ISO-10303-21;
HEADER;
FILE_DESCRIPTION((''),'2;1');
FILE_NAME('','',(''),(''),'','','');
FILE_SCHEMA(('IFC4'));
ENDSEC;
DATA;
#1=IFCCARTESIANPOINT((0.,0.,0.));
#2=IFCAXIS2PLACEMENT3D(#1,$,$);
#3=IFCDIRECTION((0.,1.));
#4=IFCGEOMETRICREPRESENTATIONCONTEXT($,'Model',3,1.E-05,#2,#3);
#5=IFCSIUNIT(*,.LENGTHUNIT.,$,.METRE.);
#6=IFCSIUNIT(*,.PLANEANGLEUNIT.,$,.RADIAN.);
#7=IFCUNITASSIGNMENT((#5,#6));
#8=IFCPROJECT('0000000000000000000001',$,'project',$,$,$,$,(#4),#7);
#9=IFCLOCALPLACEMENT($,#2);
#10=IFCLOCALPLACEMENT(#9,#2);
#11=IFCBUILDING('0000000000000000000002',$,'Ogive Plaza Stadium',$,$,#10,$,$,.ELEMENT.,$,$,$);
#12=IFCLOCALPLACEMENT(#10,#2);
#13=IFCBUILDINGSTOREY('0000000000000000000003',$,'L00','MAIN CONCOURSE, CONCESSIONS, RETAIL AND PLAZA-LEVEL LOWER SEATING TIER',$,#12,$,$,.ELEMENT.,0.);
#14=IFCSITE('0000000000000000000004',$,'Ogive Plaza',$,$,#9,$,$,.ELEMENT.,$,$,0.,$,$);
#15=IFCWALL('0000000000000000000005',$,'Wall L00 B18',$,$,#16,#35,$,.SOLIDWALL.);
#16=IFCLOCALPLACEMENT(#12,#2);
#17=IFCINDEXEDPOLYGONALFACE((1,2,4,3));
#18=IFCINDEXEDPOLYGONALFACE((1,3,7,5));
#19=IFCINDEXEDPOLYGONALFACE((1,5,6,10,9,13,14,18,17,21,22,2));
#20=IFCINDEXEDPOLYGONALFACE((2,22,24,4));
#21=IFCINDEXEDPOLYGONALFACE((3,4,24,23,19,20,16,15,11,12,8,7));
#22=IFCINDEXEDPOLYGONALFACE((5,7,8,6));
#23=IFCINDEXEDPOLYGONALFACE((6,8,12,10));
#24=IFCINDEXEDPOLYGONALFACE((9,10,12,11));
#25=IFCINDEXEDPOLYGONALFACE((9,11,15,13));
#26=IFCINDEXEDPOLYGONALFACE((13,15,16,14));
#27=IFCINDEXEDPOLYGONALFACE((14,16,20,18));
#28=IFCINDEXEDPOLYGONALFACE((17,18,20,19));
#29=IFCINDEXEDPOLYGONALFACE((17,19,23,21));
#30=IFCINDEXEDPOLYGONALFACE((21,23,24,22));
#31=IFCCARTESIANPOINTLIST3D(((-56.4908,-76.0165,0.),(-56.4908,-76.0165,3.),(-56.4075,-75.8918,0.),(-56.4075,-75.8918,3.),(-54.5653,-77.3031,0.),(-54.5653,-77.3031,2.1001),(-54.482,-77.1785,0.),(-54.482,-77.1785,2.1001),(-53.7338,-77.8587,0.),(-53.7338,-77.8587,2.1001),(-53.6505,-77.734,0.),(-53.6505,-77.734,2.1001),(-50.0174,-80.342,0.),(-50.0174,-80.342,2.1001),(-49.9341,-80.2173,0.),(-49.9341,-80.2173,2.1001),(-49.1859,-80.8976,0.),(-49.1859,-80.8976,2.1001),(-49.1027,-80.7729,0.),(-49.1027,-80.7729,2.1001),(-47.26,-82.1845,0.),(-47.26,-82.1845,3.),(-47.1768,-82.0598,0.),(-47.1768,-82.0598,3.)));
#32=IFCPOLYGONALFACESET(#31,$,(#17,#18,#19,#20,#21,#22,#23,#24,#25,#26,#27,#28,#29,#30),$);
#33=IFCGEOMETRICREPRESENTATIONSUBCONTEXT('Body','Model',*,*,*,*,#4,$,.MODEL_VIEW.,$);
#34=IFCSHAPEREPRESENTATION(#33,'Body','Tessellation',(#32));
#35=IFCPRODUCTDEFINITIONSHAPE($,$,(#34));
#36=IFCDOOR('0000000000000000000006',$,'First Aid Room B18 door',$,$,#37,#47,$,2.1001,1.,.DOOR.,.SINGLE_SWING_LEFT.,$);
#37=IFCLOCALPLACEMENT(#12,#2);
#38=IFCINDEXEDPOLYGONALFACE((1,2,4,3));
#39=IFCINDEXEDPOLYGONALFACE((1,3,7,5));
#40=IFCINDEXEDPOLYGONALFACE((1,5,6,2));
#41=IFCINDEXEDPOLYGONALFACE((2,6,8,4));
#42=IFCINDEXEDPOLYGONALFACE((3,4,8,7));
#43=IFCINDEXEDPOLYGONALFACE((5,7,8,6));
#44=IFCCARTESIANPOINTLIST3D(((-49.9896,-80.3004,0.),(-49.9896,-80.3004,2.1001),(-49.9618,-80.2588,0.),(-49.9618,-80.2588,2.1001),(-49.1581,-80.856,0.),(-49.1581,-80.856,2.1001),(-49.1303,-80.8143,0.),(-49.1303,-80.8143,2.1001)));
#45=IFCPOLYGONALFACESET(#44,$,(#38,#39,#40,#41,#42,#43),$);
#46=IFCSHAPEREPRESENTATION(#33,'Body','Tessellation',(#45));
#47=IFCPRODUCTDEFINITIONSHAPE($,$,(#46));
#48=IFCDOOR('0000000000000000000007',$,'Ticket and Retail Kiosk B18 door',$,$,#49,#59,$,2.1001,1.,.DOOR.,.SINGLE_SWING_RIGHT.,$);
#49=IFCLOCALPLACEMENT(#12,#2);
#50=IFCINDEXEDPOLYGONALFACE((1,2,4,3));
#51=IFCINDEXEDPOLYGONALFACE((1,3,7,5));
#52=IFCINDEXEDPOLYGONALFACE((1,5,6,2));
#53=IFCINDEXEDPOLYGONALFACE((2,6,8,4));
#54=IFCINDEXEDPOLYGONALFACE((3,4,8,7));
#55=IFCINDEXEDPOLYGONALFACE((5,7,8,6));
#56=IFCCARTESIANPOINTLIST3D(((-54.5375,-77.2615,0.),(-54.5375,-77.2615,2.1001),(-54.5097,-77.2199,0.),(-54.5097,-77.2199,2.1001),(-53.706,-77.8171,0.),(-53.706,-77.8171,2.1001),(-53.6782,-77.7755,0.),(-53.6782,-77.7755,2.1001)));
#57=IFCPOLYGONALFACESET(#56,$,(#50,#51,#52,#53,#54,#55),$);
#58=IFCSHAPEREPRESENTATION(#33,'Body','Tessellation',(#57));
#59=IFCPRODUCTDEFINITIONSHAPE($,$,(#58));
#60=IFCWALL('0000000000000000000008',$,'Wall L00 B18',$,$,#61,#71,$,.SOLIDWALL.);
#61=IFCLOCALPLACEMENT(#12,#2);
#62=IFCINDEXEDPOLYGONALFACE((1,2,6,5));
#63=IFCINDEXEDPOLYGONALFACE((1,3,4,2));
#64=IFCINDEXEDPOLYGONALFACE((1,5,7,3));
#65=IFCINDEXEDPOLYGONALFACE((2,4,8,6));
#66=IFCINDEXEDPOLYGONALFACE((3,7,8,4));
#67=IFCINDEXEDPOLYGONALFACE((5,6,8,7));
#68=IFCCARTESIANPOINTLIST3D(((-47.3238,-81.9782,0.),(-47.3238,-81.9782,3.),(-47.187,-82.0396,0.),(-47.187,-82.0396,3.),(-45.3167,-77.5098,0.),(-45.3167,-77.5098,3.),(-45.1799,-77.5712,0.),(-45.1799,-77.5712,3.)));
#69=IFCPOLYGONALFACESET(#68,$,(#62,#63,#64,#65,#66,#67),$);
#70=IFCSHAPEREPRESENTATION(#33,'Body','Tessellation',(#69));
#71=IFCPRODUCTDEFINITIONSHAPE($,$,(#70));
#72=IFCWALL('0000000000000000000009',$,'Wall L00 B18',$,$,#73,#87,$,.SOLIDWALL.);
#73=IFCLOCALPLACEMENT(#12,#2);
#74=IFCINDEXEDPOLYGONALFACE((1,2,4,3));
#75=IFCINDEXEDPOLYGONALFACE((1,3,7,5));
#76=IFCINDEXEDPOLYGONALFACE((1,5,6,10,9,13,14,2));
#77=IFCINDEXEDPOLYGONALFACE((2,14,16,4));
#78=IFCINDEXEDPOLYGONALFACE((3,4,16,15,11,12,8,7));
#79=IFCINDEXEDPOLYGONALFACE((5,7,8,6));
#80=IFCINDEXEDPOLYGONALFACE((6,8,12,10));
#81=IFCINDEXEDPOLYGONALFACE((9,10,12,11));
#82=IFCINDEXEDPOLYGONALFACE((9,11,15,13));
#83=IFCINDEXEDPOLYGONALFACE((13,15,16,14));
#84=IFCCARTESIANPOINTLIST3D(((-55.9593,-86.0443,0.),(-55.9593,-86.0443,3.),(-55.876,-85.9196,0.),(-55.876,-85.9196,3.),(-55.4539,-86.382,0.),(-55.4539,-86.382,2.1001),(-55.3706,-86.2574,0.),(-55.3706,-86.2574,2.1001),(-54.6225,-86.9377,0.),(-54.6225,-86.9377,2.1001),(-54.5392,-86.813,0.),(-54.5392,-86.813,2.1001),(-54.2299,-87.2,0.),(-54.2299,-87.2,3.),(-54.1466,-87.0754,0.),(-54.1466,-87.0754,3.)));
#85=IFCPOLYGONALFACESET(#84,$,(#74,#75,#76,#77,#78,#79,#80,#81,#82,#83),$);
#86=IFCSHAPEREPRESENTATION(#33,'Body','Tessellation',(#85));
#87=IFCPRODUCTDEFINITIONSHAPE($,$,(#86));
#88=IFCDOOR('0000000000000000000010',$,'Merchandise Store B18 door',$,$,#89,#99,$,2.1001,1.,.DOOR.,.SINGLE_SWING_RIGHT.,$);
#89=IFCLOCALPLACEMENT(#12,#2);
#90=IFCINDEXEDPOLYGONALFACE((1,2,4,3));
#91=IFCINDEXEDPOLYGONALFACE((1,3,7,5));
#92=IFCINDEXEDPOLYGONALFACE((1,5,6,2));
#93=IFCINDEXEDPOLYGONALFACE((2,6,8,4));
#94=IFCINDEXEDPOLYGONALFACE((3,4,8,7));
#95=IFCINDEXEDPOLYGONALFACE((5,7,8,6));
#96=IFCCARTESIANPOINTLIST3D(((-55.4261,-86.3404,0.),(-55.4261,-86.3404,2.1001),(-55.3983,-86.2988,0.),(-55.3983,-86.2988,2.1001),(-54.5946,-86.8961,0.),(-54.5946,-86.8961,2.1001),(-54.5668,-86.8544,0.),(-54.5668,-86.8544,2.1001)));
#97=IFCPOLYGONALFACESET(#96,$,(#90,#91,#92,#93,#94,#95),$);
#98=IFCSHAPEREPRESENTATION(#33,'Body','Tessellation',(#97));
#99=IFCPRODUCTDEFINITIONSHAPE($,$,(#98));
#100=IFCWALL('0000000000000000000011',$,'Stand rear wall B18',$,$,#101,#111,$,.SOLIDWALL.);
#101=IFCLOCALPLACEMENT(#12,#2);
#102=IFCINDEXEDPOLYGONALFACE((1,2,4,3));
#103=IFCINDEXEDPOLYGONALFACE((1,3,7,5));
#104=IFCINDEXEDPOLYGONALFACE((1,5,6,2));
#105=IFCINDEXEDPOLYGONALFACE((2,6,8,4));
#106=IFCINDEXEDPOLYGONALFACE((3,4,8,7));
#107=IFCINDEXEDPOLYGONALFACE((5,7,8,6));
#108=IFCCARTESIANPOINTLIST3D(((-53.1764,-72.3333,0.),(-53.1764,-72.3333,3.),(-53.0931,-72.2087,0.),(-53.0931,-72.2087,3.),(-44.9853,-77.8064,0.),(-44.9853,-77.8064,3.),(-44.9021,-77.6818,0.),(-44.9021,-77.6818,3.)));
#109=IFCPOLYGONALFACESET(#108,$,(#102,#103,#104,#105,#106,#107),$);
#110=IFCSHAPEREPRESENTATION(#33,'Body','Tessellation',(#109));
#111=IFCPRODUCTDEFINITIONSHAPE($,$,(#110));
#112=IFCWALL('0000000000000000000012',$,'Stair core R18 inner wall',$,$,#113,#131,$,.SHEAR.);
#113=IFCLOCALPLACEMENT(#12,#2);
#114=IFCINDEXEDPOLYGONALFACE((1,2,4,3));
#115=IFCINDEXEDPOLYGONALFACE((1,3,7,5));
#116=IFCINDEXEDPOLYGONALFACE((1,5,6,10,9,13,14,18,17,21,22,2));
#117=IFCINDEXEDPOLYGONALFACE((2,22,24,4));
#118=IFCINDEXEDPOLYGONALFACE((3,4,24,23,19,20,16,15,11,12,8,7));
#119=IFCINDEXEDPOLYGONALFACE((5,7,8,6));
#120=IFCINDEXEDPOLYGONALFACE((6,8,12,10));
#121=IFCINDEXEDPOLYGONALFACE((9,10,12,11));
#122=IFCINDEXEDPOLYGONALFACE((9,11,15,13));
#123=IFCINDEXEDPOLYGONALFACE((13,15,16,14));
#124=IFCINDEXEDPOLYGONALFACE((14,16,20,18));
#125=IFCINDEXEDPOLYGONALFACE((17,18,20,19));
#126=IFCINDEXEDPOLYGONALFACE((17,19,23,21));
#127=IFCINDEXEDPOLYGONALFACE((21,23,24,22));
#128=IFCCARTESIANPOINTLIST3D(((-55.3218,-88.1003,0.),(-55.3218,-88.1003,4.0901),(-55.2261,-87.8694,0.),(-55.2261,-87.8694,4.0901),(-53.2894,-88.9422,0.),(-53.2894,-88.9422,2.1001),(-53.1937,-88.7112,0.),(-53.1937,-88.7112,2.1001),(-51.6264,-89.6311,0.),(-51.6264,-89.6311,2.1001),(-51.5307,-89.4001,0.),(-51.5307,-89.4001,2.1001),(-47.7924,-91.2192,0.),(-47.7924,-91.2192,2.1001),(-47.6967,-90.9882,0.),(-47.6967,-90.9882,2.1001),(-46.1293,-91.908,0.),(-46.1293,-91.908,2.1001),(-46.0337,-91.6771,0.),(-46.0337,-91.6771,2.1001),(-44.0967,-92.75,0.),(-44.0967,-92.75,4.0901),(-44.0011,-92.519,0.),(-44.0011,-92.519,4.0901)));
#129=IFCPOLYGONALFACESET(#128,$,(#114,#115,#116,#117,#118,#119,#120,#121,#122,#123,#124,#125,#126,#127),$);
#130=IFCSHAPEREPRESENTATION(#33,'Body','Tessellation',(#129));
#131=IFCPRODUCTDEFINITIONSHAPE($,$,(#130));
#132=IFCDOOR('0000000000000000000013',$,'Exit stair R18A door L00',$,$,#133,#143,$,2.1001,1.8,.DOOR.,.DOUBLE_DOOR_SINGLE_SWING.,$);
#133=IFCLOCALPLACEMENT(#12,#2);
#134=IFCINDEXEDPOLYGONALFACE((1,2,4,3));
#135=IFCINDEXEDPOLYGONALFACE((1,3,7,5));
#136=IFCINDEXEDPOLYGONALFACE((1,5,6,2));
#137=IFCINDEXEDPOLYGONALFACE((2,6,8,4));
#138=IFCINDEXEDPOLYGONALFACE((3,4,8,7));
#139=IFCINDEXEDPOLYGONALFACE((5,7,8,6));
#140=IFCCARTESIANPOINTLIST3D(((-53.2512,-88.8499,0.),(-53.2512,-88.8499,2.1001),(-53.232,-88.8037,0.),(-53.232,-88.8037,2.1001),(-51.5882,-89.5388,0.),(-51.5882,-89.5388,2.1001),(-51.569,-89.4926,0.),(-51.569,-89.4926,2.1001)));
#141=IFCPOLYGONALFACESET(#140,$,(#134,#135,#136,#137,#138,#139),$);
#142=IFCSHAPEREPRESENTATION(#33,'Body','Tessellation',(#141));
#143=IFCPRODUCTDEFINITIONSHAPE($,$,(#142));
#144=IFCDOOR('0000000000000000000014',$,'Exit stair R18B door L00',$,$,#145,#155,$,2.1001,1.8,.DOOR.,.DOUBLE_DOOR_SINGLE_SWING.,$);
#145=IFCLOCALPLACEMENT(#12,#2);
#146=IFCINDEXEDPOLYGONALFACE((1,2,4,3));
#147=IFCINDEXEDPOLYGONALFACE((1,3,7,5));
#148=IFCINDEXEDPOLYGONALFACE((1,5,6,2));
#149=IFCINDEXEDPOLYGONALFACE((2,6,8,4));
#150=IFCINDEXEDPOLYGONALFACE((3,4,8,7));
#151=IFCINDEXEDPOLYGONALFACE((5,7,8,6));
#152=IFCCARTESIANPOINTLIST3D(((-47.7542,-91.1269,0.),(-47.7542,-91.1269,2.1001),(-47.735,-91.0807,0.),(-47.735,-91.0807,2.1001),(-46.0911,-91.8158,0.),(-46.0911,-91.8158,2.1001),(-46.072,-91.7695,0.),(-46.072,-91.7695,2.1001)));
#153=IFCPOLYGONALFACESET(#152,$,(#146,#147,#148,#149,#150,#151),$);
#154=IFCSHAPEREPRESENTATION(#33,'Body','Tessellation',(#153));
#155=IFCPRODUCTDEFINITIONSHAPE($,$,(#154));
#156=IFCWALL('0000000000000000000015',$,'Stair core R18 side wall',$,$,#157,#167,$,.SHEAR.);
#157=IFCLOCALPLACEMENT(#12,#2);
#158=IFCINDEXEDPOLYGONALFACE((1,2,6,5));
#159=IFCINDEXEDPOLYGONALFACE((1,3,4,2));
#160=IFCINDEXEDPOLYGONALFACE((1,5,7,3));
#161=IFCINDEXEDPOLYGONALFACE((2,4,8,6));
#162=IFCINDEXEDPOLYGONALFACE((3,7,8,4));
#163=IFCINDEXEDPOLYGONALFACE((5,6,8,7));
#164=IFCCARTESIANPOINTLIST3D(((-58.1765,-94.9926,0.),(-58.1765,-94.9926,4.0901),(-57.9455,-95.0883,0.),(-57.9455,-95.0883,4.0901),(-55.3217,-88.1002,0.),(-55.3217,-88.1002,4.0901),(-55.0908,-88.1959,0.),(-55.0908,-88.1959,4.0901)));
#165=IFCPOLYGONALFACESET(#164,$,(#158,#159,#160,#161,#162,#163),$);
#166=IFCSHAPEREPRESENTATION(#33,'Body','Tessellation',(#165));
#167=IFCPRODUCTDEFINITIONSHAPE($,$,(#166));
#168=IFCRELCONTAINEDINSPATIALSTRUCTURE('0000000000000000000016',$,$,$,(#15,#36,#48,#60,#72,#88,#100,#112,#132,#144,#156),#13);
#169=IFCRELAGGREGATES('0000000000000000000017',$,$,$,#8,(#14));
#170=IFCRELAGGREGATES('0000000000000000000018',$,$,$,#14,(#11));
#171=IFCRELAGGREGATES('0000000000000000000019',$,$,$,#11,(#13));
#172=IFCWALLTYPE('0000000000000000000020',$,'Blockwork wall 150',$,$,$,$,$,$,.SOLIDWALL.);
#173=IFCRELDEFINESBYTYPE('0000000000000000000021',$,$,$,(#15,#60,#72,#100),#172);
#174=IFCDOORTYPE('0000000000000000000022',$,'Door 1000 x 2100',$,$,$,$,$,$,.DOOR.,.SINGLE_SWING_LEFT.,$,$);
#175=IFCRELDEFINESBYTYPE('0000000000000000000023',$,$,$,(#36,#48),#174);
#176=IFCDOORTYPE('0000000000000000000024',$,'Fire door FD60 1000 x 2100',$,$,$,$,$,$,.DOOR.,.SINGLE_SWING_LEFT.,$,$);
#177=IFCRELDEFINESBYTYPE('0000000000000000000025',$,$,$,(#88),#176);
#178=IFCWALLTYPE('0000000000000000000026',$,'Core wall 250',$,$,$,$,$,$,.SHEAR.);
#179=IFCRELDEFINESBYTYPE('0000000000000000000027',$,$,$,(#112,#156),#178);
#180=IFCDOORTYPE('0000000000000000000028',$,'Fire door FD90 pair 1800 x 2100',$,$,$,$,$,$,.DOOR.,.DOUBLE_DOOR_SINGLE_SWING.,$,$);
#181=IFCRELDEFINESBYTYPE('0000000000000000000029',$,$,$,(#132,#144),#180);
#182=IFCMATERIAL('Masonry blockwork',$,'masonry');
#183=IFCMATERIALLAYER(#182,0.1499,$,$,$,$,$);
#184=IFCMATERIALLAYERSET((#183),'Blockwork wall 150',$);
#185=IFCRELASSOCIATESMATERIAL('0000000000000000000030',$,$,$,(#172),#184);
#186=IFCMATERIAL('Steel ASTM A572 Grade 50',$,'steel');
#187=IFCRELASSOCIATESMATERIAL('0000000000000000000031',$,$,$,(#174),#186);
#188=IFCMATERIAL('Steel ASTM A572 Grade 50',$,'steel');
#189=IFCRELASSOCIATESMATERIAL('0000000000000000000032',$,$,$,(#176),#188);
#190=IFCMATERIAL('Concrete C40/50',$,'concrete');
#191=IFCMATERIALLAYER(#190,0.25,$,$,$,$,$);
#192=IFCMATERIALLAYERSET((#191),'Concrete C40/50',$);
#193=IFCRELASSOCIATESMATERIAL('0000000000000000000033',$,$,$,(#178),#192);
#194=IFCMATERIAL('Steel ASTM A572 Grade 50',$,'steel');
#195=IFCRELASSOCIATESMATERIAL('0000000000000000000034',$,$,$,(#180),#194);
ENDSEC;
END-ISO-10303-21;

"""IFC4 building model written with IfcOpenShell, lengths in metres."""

from ifc_helpers import new_model, si_unit, direction, frame, frame_2d, origin, place, context, subcontext, project, spatial, rectangle, extrude, material, layer, layer_set, type_object, element, fill, save


model = new_model("IFC4")

# Units and contexts
model_context = context("Model", 3, precision=1e-05, world=origin(), true_north=direction((0.0, 1.0)))
body_context = subcontext(model_context, "Body", "Model", "MODEL_VIEW")
ifc_project = project(units=[si_unit("LENGTHUNIT", "METRE"), si_unit("PLANEANGLEUNIT", "RADIAN")], contexts=[model_context])

# Site, building, storey
site_placement = place(None, origin())
site = spatial("IfcSite", under=ifc_project, at=site_placement, Name="Ogive Plaza", CompositionType="ELEMENT", RefElevation=0.0)
building_placement = place(site_placement, origin())
building = spatial("IfcBuilding", under=site, at=building_placement, Name="Ogive Plaza Stadium", CompositionType="ELEMENT")
storey_placement = place(building_placement, origin())
storey = spatial("IfcBuildingStorey", under=building, at=storey_placement, Name="L00", Description="MAIN CONCOURSE, CONCESSIONS, RETAIL AND PLAZA-LEVEL LOWER SEATING TIER", CompositionType="ELEMENT", Elevation=0.0)

# Shared definitions
ifc_material_1 = material(Name="Masonry blockwork", Category="masonry")
ifc_layer_1 = layer(ifc_material_1, 0.1499)
ifc_layer_set_1 = layer_set([ifc_layer_1], Name="Blockwork wall 150")
wall_type_1 = type_object("IfcWallType", Name="Blockwork wall 150", PredefinedType="SOLIDWALL", material=ifc_layer_set_1)
ifc_material_2 = material(Name="Steel ASTM A572 Grade 50", Category="steel")
door_type_1 = type_object("IfcDoorType", Name="Door 1000 x 2100", OperationType="SINGLE_SWING_LEFT", PredefinedType="DOOR", material=ifc_material_2)

# Wall, openings, doors
wall_1_placement = place(storey_placement, frame((-47.2185, -82.1221, 0.0), z_axis=(0.0, 0.0, 1.0), x_axis=(-0.831461, 0.555583, 0.0)))
wall_1 = element("IfcWall", 1, at=wall_1_placement, inside=storey, type_object=wall_type_1, Name="Wall L00 B18", PredefinedType="SOLIDWALL", context=body_context, shape_type="SweptSolid", body=[
    extrude(rectangle(XDim=11.1018, YDim=0.1499, at=frame_2d((5.5508, 0.0))), origin(), (0.0, 0.0, 1.0), 3.0),
])
opening_1_placement = place(wall_1_placement, frame((2.3162, 0.0, 0.0)))
opening_1 = element("IfcOpeningElement", 2, at=opening_1_placement, cuts=wall_1, PredefinedType="OPENING", context=body_context, shape_type="SweptSolid", body=[
    extrude(rectangle(XDim=1.0, YDim=2.1001, at=frame_2d((0.5, 1.05))), frame((0.0, 0.075, 0.0), z_axis=(0.0, -1.0, 0.0), x_axis=(1.0, 0.0, 0.0)), (0.0, 0.0, 1.0), 0.1499),
])
opening_2_placement = place(wall_1_placement, frame((7.7859, 0.0, 0.0)))
opening_2 = element("IfcOpeningElement", 3, at=opening_2_placement, cuts=wall_1, PredefinedType="OPENING", context=body_context, shape_type="SweptSolid", body=[
    extrude(rectangle(XDim=1.0, YDim=2.1001, at=frame_2d((0.5, 1.05))), frame((0.0, 0.075, 0.0), z_axis=(0.0, -1.0, 0.0), x_axis=(1.0, 0.0, 0.0)), (0.0, 0.0, 1.0), 0.1499),
])
door_1_placement = place(opening_1_placement, origin())
door_1 = element("IfcDoor", 4, at=door_1_placement, inside=storey, type_object=door_type_1, Name="First Aid Room B18 door", OperationType="SINGLE_SWING_LEFT", OverallHeight=2.1001, OverallWidth=1.0, PredefinedType="DOOR", context=body_context, shape_type="SweptSolid", body=[
    extrude(rectangle(XDim=1.0, YDim=2.1001, at=frame_2d((0.5, 1.05))), frame((0.0, 0.0249, 0.0), z_axis=(0.0, -1.0, 0.0), x_axis=(1.0, 0.0, 0.0)), (0.0, 0.0, 1.0), 0.05),
])
fill(opening_1, door_1)
door_2_placement = place(opening_2_placement, origin())
door_2 = element("IfcDoor", 5, at=door_2_placement, inside=storey, type_object=door_type_1, Name="Ticket and Retail Kiosk B18 door", OperationType="SINGLE_SWING_RIGHT", OverallHeight=2.1001, OverallWidth=1.0, PredefinedType="DOOR", context=body_context, shape_type="SweptSolid", body=[
    extrude(rectangle(XDim=1.0, YDim=2.1001, at=frame_2d((0.5, 1.05))), frame((0.0, 0.0249, 0.0), z_axis=(0.0, -1.0, 0.0), x_axis=(1.0, 0.0, 0.0)), (0.0, 0.0, 1.0), 0.05),
])
fill(opening_2, door_2)

# Wall
wall_2_placement = place(storey_placement, frame((-45.2483, -77.5405, 0.0), z_axis=(0.0, 0.0, 1.0), x_axis=(-0.409747, -0.912199, 0.0)))
element("IfcWall", 6, at=wall_2_placement, inside=storey, type_object=wall_type_1, Name="Wall L00 B18", PredefinedType="SOLIDWALL", context=body_context, shape_type="SweptSolid", body=[
    extrude(rectangle(XDim=4.8984, YDim=0.1499, at=frame_2d((2.4492, 0.0))), origin(), (0.0, 0.0, 1.0), 3.0),
])

# Wall, opening, door
wall_3_placement = place(storey_placement, frame((-54.1882, -87.1377, 0.0), z_axis=(0.0, 0.0, 1.0), x_axis=(-0.831436, 0.555621, 0.0)))
wall_3 = element("IfcWall", 7, at=wall_3_placement, inside=storey, type_object=wall_type_1, Name="Wall L00 B18", PredefinedType="SOLIDWALL", context=body_context, shape_type="SweptSolid", body=[
    extrude(rectangle(XDim=2.0801, YDim=0.1499, at=frame_2d((1.04, 0.0))), origin(), (0.0, 0.0, 1.0), 3.0),
])
opening_3_placement = place(wall_3_placement, frame((0.4722, 0.0, 0.0)))
opening_3 = element("IfcOpeningElement", 8, at=opening_3_placement, cuts=wall_3, PredefinedType="OPENING", context=body_context, shape_type="SweptSolid", body=[
    extrude(rectangle(XDim=1.0, YDim=2.1001, at=frame_2d((0.5, 1.05))), frame((0.0, 0.075, 0.0), z_axis=(0.0, -1.0, 0.0), x_axis=(1.0, 0.0, 0.0)), (0.0, 0.0, 1.0), 0.1499),
])
ifc_material_3 = material(Name="Steel ASTM A572 Grade 50", Category="steel")
door_type_2 = type_object("IfcDoorType", Name="Fire door FD60 1000 x 2100", OperationType="SINGLE_SWING_LEFT", PredefinedType="DOOR", material=ifc_material_3)
door_3_placement = place(opening_3_placement, origin())
door_3 = element("IfcDoor", 9, at=door_3_placement, inside=storey, type_object=door_type_2, Name="Merchandise Store B18 door", OperationType="SINGLE_SWING_RIGHT", OverallHeight=2.1001, OverallWidth=1.0, PredefinedType="DOOR", context=body_context, shape_type="SweptSolid", body=[
    extrude(rectangle(XDim=1.0, YDim=2.1001, at=frame_2d((0.5, 1.05))), frame((0.0, 0.0249, 0.0), z_axis=(0.0, -1.0, 0.0), x_axis=(1.0, 0.0, 0.0)), (0.0, 0.0, 1.0), 0.05),
])
fill(opening_3, door_3)

# Wall
wall_4_placement = place(storey_placement, frame((-44.9436, -77.7441, 0.0), z_axis=(0.0, 0.0, 1.0), x_axis=(-0.83147, 0.555569, 0.0)))
element("IfcWall", 10, at=wall_4_placement, inside=storey, type_object=wall_type_1, Name="Stand rear wall B18", PredefinedType="SOLIDWALL", context=body_context, shape_type="SweptSolid", body=[
    extrude(rectangle(XDim=9.8513, YDim=0.1499, at=frame_2d((4.9258, 0.0))), origin(), (0.0, 0.0, 1.0), 3.0),
])

# Wall, openings, doors
ifc_material_4 = material(Name="Concrete C40/50", Category="concrete")
ifc_layer_2 = layer(ifc_material_4, 0.25)
ifc_layer_set_2 = layer_set([ifc_layer_2], Name="Concrete C40/50")
wall_type_2 = type_object("IfcWallType", Name="Core wall 250", PredefinedType="SHEAR", material=ifc_layer_set_2)
wall_5_placement = place(storey_placement, frame((-55.2739, -87.9849, 0.0), z_axis=(0.0, 0.0, 1.0), x_axis=(0.923877, -0.382688, 0.0)))
wall_5 = element("IfcWall", 11, at=wall_5_placement, inside=storey, type_object=wall_type_2, Name="Stair core R18 inner wall", PredefinedType="SHEAR", context=body_context, shape_type="SweptSolid", body=[
    extrude(rectangle(XDim=12.1499, YDim=0.25, at=frame_2d((6.075, 0.0))), origin(), (0.0, 0.0, 1.0), 4.0901),
])
opening_4_placement = place(wall_5_placement, frame((2.2, 0.0, 0.0)))
opening_4 = element("IfcOpeningElement", 12, at=opening_4_placement, cuts=wall_5, PredefinedType="OPENING", context=body_context, shape_type="SweptSolid", body=[
    extrude(rectangle(XDim=1.8, YDim=2.1001, at=frame_2d((0.8999, 1.05))), frame((0.0, 0.125, 0.0), z_axis=(0.0, -1.0, 0.0), x_axis=(1.0, 0.0, 0.0)), (0.0, 0.0, 1.0), 0.25),
])
opening_5_placement = place(wall_5_placement, frame((8.1499, 0.0, 0.0)))
opening_5 = element("IfcOpeningElement", 13, at=opening_5_placement, cuts=wall_5, PredefinedType="OPENING", context=body_context, shape_type="SweptSolid", body=[
    extrude(rectangle(XDim=1.8, YDim=2.1001, at=frame_2d((0.8999, 1.05))), frame((0.0, 0.125, 0.0), z_axis=(0.0, -1.0, 0.0), x_axis=(1.0, 0.0, 0.0)), (0.0, 0.0, 1.0), 0.25),
])
ifc_material_5 = material(Name="Steel ASTM A572 Grade 50", Category="steel")
door_type_3 = type_object("IfcDoorType", Name="Fire door FD90 pair 1800 x 2100", OperationType="DOUBLE_DOOR_SINGLE_SWING", PredefinedType="DOOR", material=ifc_material_5)
door_4_placement = place(opening_4_placement, origin())
door_4 = element("IfcDoor", 14, at=door_4_placement, inside=storey, type_object=door_type_3, Name="Exit stair R18A door L00", OperationType="DOUBLE_DOOR_SINGLE_SWING", OverallHeight=2.1001, OverallWidth=1.8, PredefinedType="DOOR", context=body_context, shape_type="SweptSolid", body=[
    extrude(rectangle(XDim=1.8, YDim=2.1001, at=frame_2d((0.8999, 1.05))), frame((0.0, 0.0249, 0.0), z_axis=(0.0, -1.0, 0.0), x_axis=(1.0, 0.0, 0.0)), (0.0, 0.0, 1.0), 0.05),
])
fill(opening_4, door_4)
door_5_placement = place(opening_5_placement, origin())
door_5 = element("IfcDoor", 15, at=door_5_placement, inside=storey, type_object=door_type_3, Name="Exit stair R18B door L00", OperationType="DOUBLE_DOOR_SINGLE_SWING", OverallHeight=2.1001, OverallWidth=1.8, PredefinedType="DOOR", context=body_context, shape_type="SweptSolid", body=[
    extrude(rectangle(XDim=1.8, YDim=2.1001, at=frame_2d((0.8999, 1.05))), frame((0.0, 0.0249, 0.0), z_axis=(0.0, -1.0, 0.0), x_axis=(1.0, 0.0, 0.0)), (0.0, 0.0, 1.0), 0.05),
])
fill(opening_5, door_5)

# Wall
wall_6_placement = place(storey_placement, frame((-55.2063, -88.1482, 0.0), z_axis=(0.0, 0.0, 1.0), x_axis=(-0.382665, -0.923887, 0.0)))
element("IfcWall", 16, at=wall_6_placement, inside=storey, type_object=wall_type_2, Name="Stair core R18 side wall", PredefinedType="SHEAR", context=body_context, shape_type="SweptSolid", body=[
    extrude(rectangle(XDim=7.4602, YDim=0.25, at=frame_2d((3.73, 0.0))), origin(), (0.0, 0.0, 1.0), 4.0901),
])

save(model, "model.ifc")
